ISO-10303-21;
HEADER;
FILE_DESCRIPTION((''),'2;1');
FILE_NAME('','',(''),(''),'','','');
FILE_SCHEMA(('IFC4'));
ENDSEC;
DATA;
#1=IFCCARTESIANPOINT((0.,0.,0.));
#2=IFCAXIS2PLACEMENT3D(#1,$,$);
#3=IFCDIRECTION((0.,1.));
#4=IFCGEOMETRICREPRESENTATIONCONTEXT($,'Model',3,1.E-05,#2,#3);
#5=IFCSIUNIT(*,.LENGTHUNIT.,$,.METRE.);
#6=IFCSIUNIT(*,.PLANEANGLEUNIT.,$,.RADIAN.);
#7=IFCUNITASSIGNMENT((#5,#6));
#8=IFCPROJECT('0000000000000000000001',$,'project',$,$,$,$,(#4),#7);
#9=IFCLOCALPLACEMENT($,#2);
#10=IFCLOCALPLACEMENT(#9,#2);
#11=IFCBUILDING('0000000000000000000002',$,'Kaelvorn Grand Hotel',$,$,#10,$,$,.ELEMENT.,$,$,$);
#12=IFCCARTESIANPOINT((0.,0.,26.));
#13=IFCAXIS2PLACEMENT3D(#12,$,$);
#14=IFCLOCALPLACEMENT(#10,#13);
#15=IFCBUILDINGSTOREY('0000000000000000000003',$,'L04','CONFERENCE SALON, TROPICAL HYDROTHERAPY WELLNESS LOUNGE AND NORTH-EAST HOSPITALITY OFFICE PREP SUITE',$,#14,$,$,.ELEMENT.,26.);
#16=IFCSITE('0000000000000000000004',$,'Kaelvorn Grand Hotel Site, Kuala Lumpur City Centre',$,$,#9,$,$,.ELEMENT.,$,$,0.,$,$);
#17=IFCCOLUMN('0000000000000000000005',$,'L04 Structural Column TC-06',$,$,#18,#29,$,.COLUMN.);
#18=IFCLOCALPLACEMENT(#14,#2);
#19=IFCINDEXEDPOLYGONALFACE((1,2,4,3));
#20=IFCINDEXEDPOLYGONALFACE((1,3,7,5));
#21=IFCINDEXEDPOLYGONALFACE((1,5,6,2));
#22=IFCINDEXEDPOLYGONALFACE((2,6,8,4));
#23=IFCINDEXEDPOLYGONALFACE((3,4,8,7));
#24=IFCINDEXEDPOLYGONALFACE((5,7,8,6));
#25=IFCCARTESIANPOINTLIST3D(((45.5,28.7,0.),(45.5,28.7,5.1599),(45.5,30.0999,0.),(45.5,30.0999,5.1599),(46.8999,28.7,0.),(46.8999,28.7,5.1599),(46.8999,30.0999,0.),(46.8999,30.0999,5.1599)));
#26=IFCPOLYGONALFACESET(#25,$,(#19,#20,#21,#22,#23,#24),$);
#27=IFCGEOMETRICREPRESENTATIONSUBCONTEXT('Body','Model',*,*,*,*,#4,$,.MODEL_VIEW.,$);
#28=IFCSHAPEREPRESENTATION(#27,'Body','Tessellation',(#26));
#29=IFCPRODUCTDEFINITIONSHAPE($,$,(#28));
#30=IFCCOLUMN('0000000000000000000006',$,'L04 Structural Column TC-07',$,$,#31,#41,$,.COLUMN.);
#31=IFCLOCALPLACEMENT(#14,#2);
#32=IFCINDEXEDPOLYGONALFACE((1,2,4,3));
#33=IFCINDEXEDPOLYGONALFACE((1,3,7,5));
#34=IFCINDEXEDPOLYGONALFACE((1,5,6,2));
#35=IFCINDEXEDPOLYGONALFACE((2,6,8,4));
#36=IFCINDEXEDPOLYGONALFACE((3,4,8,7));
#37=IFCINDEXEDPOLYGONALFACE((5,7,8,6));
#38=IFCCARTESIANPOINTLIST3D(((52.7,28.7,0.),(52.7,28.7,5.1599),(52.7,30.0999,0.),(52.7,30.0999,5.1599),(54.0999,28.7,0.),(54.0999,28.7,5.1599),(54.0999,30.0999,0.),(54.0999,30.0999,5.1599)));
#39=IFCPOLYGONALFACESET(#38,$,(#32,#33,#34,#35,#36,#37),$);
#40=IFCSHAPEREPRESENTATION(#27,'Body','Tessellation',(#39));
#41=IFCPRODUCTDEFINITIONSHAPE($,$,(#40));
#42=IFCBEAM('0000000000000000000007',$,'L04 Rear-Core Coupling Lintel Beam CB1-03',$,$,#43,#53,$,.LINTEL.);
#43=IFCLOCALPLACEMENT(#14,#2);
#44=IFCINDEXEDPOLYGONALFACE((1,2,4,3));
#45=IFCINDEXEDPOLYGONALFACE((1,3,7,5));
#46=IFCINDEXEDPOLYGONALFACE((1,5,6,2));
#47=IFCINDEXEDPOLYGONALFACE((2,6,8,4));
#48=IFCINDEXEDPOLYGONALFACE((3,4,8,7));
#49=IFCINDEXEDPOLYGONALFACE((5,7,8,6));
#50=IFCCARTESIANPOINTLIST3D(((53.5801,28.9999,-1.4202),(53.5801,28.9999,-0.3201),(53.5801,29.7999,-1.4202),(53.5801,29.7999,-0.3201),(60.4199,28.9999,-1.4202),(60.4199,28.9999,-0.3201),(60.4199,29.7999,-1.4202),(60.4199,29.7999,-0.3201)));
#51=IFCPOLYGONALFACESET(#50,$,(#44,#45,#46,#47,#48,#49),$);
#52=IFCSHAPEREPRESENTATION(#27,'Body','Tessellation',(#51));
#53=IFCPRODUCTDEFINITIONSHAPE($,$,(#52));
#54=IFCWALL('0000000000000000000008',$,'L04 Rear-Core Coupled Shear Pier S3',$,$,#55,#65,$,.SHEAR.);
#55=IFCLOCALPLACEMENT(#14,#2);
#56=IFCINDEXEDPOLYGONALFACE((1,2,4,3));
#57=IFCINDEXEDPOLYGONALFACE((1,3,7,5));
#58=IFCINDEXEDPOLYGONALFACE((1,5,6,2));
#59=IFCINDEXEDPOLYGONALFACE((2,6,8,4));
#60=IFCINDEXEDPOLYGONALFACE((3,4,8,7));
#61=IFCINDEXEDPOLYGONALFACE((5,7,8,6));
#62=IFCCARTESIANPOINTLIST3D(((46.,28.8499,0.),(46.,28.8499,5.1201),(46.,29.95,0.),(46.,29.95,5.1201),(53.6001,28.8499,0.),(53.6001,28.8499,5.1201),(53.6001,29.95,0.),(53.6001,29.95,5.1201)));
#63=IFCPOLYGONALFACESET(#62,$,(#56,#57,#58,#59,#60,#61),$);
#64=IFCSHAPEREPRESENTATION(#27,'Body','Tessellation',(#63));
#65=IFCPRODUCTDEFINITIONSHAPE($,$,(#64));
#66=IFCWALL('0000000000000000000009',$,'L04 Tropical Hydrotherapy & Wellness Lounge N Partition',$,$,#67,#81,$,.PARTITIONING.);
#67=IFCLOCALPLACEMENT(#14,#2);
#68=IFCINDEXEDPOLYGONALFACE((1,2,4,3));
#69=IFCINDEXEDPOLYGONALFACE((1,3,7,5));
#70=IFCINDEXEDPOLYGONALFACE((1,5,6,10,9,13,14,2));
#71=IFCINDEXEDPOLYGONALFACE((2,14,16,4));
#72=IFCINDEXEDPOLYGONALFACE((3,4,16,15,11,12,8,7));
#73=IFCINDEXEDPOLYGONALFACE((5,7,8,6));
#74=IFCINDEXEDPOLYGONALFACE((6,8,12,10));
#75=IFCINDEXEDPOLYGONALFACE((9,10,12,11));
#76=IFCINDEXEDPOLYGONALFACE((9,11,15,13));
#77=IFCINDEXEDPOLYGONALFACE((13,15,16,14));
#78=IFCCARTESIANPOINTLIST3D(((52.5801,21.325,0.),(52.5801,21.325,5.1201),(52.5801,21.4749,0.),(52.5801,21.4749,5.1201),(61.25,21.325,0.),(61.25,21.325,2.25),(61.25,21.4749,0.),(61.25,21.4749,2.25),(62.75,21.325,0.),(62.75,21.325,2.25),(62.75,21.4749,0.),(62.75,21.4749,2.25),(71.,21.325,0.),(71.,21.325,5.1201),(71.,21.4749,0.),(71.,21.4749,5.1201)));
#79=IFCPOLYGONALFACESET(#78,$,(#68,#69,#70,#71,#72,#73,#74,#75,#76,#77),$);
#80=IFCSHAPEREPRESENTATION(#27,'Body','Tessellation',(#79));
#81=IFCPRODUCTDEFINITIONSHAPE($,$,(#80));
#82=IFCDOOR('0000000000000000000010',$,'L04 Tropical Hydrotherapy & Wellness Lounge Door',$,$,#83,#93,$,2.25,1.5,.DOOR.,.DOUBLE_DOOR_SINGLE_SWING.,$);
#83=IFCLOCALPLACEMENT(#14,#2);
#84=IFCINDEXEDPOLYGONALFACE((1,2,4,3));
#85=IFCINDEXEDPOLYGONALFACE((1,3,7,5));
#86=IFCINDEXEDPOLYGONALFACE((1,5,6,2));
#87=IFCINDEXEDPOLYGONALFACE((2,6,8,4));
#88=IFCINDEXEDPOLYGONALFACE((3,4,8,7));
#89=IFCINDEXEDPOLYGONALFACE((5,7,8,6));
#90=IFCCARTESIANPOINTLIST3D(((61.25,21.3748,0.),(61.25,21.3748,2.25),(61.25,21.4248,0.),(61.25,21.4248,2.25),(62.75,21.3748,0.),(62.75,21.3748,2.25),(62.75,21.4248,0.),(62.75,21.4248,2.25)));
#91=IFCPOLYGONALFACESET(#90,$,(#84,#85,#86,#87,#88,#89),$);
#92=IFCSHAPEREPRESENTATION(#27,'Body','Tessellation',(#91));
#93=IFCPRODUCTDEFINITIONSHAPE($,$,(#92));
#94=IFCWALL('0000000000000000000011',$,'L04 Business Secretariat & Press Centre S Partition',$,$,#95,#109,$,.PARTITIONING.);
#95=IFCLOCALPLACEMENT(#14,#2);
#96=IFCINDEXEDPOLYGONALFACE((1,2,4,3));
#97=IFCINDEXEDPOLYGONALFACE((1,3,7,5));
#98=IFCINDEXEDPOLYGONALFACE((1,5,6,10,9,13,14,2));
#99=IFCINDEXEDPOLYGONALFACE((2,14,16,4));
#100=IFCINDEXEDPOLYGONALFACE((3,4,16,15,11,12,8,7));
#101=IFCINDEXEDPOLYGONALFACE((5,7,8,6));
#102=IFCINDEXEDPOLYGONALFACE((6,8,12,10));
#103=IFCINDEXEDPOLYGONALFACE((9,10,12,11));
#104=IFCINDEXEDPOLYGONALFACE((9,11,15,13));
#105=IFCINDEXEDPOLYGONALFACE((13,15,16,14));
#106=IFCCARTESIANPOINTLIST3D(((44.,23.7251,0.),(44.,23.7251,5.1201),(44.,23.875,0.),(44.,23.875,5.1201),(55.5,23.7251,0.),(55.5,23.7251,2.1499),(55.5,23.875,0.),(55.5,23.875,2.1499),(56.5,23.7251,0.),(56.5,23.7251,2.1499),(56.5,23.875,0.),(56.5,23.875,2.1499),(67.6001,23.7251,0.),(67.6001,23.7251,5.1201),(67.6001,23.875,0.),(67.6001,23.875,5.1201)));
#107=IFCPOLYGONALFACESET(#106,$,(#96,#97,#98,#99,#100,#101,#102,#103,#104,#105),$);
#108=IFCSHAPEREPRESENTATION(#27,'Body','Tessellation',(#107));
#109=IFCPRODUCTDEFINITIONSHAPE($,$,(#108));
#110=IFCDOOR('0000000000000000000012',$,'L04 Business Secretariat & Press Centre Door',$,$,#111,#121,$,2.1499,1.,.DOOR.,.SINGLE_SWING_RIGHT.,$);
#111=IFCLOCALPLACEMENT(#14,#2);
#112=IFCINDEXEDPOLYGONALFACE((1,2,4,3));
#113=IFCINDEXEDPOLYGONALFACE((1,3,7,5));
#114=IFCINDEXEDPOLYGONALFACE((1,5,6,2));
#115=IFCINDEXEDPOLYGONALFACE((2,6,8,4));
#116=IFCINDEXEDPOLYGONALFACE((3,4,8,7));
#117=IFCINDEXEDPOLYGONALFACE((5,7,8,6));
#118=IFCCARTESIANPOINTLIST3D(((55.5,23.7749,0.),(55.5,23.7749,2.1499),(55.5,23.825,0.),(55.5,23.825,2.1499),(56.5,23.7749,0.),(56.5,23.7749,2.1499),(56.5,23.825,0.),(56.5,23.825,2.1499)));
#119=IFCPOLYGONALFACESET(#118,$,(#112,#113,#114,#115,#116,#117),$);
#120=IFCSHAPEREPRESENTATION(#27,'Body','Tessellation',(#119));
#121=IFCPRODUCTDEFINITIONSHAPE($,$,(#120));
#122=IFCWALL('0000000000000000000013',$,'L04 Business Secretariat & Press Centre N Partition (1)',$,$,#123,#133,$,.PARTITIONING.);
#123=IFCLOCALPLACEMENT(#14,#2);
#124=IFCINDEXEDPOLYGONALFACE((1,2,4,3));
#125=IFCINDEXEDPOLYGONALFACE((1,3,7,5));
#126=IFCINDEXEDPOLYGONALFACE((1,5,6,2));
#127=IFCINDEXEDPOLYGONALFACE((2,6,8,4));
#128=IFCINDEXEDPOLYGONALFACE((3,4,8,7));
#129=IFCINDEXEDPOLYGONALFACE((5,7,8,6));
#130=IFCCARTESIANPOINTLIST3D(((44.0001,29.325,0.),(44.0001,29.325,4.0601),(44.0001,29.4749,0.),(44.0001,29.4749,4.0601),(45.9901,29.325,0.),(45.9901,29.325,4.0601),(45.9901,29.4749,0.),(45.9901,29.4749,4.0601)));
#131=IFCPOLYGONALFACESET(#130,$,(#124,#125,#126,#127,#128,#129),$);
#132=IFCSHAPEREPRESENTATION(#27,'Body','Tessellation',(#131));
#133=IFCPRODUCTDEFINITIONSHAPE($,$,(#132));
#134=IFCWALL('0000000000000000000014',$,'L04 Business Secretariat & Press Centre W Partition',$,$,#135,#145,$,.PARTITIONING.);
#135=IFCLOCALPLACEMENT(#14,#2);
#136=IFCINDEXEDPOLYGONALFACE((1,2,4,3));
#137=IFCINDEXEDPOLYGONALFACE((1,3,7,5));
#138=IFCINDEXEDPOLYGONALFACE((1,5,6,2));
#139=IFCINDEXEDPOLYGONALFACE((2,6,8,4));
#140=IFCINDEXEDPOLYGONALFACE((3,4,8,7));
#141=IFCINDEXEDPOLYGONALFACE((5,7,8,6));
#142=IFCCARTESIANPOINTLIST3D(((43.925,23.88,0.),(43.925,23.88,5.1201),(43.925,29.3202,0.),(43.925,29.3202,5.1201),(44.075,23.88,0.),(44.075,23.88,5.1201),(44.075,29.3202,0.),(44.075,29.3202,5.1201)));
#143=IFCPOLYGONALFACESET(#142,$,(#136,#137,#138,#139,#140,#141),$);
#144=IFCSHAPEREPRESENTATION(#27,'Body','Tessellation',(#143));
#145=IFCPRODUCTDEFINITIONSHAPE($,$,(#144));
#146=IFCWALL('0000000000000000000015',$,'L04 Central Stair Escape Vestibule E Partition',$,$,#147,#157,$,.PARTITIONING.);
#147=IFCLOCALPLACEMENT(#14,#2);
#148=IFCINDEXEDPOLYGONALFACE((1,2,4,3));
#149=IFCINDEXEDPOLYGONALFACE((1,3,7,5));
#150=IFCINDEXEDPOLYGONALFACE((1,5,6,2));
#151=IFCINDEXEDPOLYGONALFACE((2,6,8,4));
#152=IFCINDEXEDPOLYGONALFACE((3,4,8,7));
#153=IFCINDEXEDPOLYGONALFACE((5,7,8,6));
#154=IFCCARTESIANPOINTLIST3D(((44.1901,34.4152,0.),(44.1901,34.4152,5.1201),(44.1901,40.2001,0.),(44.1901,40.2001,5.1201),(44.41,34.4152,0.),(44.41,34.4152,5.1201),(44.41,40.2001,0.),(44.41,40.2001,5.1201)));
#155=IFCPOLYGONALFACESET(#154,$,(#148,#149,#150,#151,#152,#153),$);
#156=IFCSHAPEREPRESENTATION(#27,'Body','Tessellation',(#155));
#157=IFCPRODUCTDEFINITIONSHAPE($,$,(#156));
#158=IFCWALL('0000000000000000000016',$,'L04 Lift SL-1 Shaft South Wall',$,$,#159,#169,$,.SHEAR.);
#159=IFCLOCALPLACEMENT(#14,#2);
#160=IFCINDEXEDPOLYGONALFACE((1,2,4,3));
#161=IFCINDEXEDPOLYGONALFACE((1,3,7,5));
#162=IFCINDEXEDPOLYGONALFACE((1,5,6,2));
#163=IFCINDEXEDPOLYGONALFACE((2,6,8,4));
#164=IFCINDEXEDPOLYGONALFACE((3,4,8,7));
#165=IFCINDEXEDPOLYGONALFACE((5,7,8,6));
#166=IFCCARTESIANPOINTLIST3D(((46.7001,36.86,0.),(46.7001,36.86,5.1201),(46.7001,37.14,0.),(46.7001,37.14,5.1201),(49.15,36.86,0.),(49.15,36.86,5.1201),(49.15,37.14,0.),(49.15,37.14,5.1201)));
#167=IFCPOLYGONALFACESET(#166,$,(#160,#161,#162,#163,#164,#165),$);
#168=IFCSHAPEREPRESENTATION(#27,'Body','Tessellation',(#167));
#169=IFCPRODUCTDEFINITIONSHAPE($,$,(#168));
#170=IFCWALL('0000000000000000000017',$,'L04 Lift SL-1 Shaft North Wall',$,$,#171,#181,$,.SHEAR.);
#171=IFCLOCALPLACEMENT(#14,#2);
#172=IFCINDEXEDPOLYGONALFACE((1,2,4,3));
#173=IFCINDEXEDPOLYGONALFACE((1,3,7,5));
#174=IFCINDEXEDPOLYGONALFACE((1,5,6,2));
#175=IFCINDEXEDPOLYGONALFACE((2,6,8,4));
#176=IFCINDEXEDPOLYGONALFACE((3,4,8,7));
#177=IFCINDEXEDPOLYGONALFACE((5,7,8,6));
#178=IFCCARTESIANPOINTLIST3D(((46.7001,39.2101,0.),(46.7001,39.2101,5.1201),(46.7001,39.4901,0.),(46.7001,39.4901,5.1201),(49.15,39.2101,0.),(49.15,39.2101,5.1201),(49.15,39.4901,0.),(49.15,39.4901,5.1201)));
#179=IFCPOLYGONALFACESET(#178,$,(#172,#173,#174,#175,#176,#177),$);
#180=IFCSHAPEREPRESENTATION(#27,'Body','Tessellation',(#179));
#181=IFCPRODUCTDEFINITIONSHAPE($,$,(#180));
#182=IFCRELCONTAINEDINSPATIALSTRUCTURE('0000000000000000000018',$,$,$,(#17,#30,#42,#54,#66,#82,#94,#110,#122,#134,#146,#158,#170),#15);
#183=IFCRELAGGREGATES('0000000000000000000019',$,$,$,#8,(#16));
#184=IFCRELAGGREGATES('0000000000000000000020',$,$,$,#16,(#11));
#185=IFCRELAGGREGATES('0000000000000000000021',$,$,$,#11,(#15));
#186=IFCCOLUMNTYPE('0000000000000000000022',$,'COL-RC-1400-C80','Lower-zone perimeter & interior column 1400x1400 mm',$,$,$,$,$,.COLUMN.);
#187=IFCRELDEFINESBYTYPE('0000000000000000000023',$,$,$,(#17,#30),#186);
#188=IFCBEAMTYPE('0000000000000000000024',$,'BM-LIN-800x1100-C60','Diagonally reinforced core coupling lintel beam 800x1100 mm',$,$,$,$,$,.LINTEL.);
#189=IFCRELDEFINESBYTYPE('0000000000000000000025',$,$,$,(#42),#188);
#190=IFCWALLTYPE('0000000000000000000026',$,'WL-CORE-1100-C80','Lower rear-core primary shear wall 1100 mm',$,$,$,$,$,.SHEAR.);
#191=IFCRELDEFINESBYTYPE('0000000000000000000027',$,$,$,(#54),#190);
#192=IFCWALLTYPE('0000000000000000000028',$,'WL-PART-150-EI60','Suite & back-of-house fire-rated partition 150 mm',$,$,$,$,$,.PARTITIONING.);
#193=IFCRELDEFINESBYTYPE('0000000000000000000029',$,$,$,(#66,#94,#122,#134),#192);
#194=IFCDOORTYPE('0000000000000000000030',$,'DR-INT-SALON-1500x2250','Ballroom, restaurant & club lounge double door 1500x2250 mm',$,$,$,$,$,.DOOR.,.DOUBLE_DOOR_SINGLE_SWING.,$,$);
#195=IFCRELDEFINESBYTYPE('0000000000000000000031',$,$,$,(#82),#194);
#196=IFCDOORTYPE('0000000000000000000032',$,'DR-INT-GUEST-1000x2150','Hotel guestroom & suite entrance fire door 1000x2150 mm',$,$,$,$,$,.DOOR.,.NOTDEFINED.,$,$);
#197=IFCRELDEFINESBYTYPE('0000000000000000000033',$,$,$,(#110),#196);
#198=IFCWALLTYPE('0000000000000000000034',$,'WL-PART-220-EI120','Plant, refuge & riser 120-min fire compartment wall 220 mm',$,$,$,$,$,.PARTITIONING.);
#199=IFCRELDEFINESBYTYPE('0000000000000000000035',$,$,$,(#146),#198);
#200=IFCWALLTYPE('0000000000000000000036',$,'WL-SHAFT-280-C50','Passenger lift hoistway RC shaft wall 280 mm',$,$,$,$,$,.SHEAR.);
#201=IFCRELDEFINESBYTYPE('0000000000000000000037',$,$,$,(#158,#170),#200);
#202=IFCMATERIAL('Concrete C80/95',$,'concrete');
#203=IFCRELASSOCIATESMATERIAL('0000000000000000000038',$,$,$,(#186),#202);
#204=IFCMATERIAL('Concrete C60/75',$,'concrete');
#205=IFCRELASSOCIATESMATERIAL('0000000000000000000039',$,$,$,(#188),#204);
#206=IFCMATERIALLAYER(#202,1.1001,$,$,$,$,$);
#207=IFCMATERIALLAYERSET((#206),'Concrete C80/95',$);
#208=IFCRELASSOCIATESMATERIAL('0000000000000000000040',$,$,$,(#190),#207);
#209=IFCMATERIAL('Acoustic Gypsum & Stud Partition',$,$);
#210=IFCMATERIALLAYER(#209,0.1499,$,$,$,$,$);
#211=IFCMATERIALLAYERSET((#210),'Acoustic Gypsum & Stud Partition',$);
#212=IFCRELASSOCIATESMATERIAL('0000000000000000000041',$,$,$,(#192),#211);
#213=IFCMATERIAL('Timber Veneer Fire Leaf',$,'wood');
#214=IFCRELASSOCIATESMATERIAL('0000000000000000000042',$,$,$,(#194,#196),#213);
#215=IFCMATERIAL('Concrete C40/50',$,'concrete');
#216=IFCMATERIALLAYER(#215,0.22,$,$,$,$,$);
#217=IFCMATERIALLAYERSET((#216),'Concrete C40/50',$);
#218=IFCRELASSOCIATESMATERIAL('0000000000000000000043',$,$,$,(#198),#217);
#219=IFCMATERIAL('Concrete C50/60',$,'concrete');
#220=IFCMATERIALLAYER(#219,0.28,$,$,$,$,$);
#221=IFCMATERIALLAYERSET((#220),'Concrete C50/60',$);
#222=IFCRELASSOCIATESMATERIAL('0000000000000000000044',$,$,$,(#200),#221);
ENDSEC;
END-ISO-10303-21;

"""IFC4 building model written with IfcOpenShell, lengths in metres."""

from ifc_helpers import new_model, si_unit, direction, frame, frame_2d, origin, origin_2d, place, context, subcontext, project, spatial, rectangle, extrude, material, layer, layer_set, material_profile, profile_set, type_object, element, fill, save


model = new_model("IFC4")

# Units and contexts
model_context = context("Model", 3, precision=1e-05, world=origin(), true_north=direction((0.0, 1.0)))
body_context = subcontext(model_context, "Body", "Model", "MODEL_VIEW")
ifc_project = project(units=[si_unit("LENGTHUNIT", "METRE"), si_unit("PLANEANGLEUNIT", "RADIAN")], contexts=[model_context])

# Site, building, storey
site_placement = place(None, origin())
site = spatial("IfcSite", under=ifc_project, at=site_placement, Name="Kaelvorn Grand Hotel Site, Kuala Lumpur City Centre", CompositionType="ELEMENT", RefElevation=0.0)
building_placement = place(site_placement, origin())
building = spatial("IfcBuilding", under=site, at=building_placement, Name="Kaelvorn Grand Hotel", CompositionType="ELEMENT")
storey_placement = place(building_placement, frame((0.0, 0.0, 26.0)))
storey = spatial("IfcBuildingStorey", under=building, at=storey_placement, Name="L04", Description="CONFERENCE SALON, TROPICAL HYDROTHERAPY WELLNESS LOUNGE AND NORTH-EAST HOSPITALITY OFFICE PREP SUITE", CompositionType="ELEMENT", Elevation=26.0)

# Columns
ifc_material_1 = material(Name="Concrete C80/95", Category="concrete")
ifc_material_profile_1 = material_profile(ifc_material_1, rectangle(XDim=1.3999, YDim=1.3999, at=origin_2d()), Name="RC COL 1400x1400")
ifc_profile_set_1 = profile_set([ifc_material_profile_1], Name="Concrete C80/95")
column_type = type_object("IfcColumnType", Name="COL-RC-1400-C80", Description="Lower-zone perimeter & interior column 1400x1400 mm", PredefinedType="COLUMN", material=ifc_profile_set_1)
for number, where, z_axis, x_axis, name in (
    (1, (46.2, 29.3999, 0.0), (0.0, 0.0, 1.0), (1.0, 0.0, 0.0), "L04 Structural Column TC-06"),
    (2, (53.3999, 29.3999, 0.0), (0.0, 0.0, 1.0), (1.0, 0.0, 0.0), "L04 Structural Column TC-07"),
):
    element("IfcColumn", number, at=place(storey_placement, frame(where, z_axis=z_axis, x_axis=x_axis)), inside=storey, type_object=column_type, Name=name, PredefinedType="COLUMN", context=body_context, shape_type="SweptSolid", body=[
        extrude(rectangle(XDim=1.3999, YDim=1.3999, at=origin_2d()), origin(), (0.0, 0.0, 1.0), 5.1599),
    ])

# Beam
ifc_material_2 = material(Name="Concrete C60/75", Category="concrete")
ifc_material_profile_2 = material_profile(ifc_material_2, rectangle(XDim=0.8, YDim=1.1001, at=origin_2d()), Name="RC LINTEL 800x1100")
ifc_profile_set_2 = profile_set([ifc_material_profile_2], Name="Concrete C60/75")
beam_type = type_object("IfcBeamType", Name="BM-LIN-800x1100-C60", Description="Diagonally reinforced core coupling lintel beam 800x1100 mm", PredefinedType="LINTEL", material=ifc_profile_set_2)
beam_placement = place(storey_placement, frame((53.5801, 29.3999, -0.8701), z_axis=(1.0, 0.0, 0.0), x_axis=(0.0, 1.0, 0.0)))
element("IfcBeam", 3, at=beam_placement, inside=storey, type_object=beam_type, Name="L04 Rear-Core Coupling Lintel Beam CB1-03", PredefinedType="LINTEL", context=body_context, shape_type="SweptSolid", body=[
    extrude(rectangle(XDim=0.8, YDim=1.1001, at=origin_2d()), origin(), (0.0, 0.0, 1.0), 6.8398),
])

# Wall
ifc_layer_1 = layer(ifc_material_1, 1.1001)
ifc_layer_set_1 = layer_set([ifc_layer_1], Name="Concrete C80/95")
wall_type_1 = type_object("IfcWallType", Name="WL-CORE-1100-C80", Description="Lower rear-core primary shear wall 1100 mm", PredefinedType="SHEAR", material=ifc_layer_set_1)
wall_1_placement = place(storey_placement, frame((46.0, 29.3999, 0.0), z_axis=(0.0, 0.0, 1.0), x_axis=(1.0, 0.0, 0.0)))
element("IfcWall", 4, at=wall_1_placement, inside=storey, type_object=wall_type_1, Name="L04 Rear-Core Coupled Shear Pier S3", PredefinedType="SHEAR", context=body_context, shape_type="SweptSolid", body=[
    extrude(rectangle(XDim=7.6001, YDim=1.1001, at=frame_2d((3.8, 0.0))), origin(), (0.0, 0.0, 1.0), 5.1201),
])

# Walls, openings, doors
ifc_material_3 = material(Name="Acoustic Gypsum & Stud Partition")
ifc_layer_2 = layer(ifc_material_3, 0.1499)
ifc_layer_set_2 = layer_set([ifc_layer_2], Name="Acoustic Gypsum & Stud Partition")
wall_type_2 = type_object("IfcWallType", Name="WL-PART-150-EI60", Description="Suite & back-of-house fire-rated partition 150 mm", PredefinedType="PARTITIONING", material=ifc_layer_set_2)
wall_2_placement = place(storey_placement, frame((52.5801, 21.3999, 0.0), z_axis=(0.0, 0.0, 1.0), x_axis=(1.0, 0.0, 0.0)))
wall_2 = element("IfcWall", 5, at=wall_2_placement, inside=storey, type_object=wall_type_2, Name="L04 Tropical Hydrotherapy & Wellness Lounge N Partition", PredefinedType="PARTITIONING", context=body_context, shape_type="SweptSolid", body=[
    extrude(rectangle(XDim=18.4199, YDim=0.1499, at=frame_2d((9.21, 0.0))), origin(), (0.0, 0.0, 1.0), 5.1201),
])
opening_1_placement = place(wall_2_placement, frame((8.6699, 0.0, 0.0)))
opening_1 = element("IfcOpeningElement", 6, at=opening_1_placement, cuts=wall_2, PredefinedType="OPENING", context=body_context, shape_type="SweptSolid", body=[
    extrude(rectangle(XDim=1.5, YDim=2.25, at=frame_2d((0.75, 1.125))), frame((0.0, 0.085, 0.0), z_axis=(0.0, -1.0, 0.0), x_axis=(1.0, 0.0, 0.0)), (0.0, 0.0, 1.0), 0.1699),
])
ifc_material_4 = material(Name="Timber Veneer Fire Leaf", Category="wood")
door_type_1 = type_object("IfcDoorType", Name="DR-INT-SALON-1500x2250", Description="Ballroom, restaurant & club lounge double door 1500x2250 mm", OperationType="DOUBLE_DOOR_SINGLE_SWING", PredefinedType="DOOR", material=ifc_material_4)
door_1_placement = place(opening_1_placement, origin())
door_1 = element("IfcDoor", 7, at=door_1_placement, inside=storey, type_object=door_type_1, Name="L04 Tropical Hydrotherapy & Wellness Lounge Door", OperationType="DOUBLE_DOOR_SINGLE_SWING", OverallHeight=2.25, OverallWidth=1.5, PredefinedType="DOOR", context=body_context, shape_type="SweptSolid", body=[
    extrude(rectangle(XDim=1.5, YDim=2.25, at=frame_2d((0.75, 1.125))), frame((0.0, 0.0249, 0.0), z_axis=(0.0, -1.0, 0.0), x_axis=(1.0, 0.0, 0.0)), (0.0, 0.0, 1.0), 0.05),
])
fill(opening_1, door_1)
wall_3_placement = place(storey_placement, frame((44.0, 23.8, 0.0), z_axis=(0.0, 0.0, 1.0), x_axis=(1.0, 0.0, 0.0)))
wall_3 = element("IfcWall", 8, at=wall_3_placement, inside=storey, type_object=wall_type_2, Name="L04 Business Secretariat & Press Centre S Partition", PredefinedType="PARTITIONING", context=body_context, shape_type="SweptSolid", body=[
    extrude(rectangle(XDim=23.6001, YDim=0.1499, at=frame_2d((11.8, 0.0))), origin(), (0.0, 0.0, 1.0), 5.1201),
])
opening_2_placement = place(wall_3_placement, frame((11.5, 0.0, 0.0)))
opening_2 = element("IfcOpeningElement", 9, at=opening_2_placement, cuts=wall_3, PredefinedType="OPENING", context=body_context, shape_type="SweptSolid", body=[
    extrude(rectangle(XDim=1.0, YDim=2.1499, at=frame_2d((0.5, 1.075))), frame((0.0, 0.085, 0.0), z_axis=(0.0, -1.0, 0.0), x_axis=(1.0, 0.0, 0.0)), (0.0, 0.0, 1.0), 0.1699),
])
door_type_2 = type_object("IfcDoorType", Name="DR-INT-GUEST-1000x2150", Description="Hotel guestroom & suite entrance fire door 1000x2150 mm", OperationType="NOTDEFINED", PredefinedType="DOOR", material=ifc_material_4)
door_2_placement = place(opening_2_placement, origin())
door_2 = element("IfcDoor", 10, at=door_2_placement, inside=storey, type_object=door_type_2, Name="L04 Business Secretariat & Press Centre Door", OperationType="SINGLE_SWING_RIGHT", OverallHeight=2.1499, OverallWidth=1.0, PredefinedType="DOOR", context=body_context, shape_type="SweptSolid", body=[
    extrude(rectangle(XDim=1.0, YDim=2.1499, at=frame_2d((0.5, 1.075))), frame((0.0, 0.0249, 0.0), z_axis=(0.0, -1.0, 0.0), x_axis=(1.0, 0.0, 0.0)), (0.0, 0.0, 1.0), 0.05),
])
fill(opening_2, door_2)

# Walls
wall_4_placement = place(storey_placement, frame((44.0, 29.3999, 0.0), z_axis=(0.0, 0.0, 1.0), x_axis=(1.0, 0.0, 0.0)))
element("IfcWall", 11, at=wall_4_placement, inside=storey, type_object=wall_type_2, Name="L04 Business Secretariat & Press Centre N Partition (1)", PredefinedType="PARTITIONING", context=body_context, shape_type="SweptSolid", body=[
    extrude(rectangle(XDim=1.99, YDim=0.1499, at=frame_2d((0.9951, 0.0))), origin(), (0.0, 0.0, 1.0), 4.0601),
])
wall_5_placement = place(storey_placement, frame((44.0, 23.8799, 0.0), z_axis=(0.0, 0.0, 1.0), x_axis=(0.0, 1.0, 0.0)))
element("IfcWall", 12, at=wall_5_placement, inside=storey, type_object=wall_type_2, Name="L04 Business Secretariat & Press Centre W Partition", PredefinedType="PARTITIONING", context=body_context, shape_type="SweptSolid", body=[
    extrude(rectangle(XDim=5.4402, YDim=0.1499, at=frame_2d((2.7202, 0.0))), origin(), (0.0, 0.0, 1.0), 5.1201),
])
ifc_material_5 = material(Name="Concrete C40/50", Category="concrete")
ifc_layer_3 = layer(ifc_material_5, 0.22)
ifc_layer_set_3 = layer_set([ifc_layer_3], Name="Concrete C40/50")
wall_type_3 = type_object("IfcWallType", Name="WL-PART-220-EI120", Description="Plant, refuge & riser 120-min fire compartment wall 220 mm", PredefinedType="PARTITIONING", material=ifc_layer_set_3)
wall_6_placement = place(storey_placement, frame((44.3, 34.415, 0.0), z_axis=(0.0, 0.0, 1.0), x_axis=(0.0, 1.0, 0.0)))
element("IfcWall", 13, at=wall_6_placement, inside=storey, type_object=wall_type_3, Name="L04 Central Stair Escape Vestibule E Partition", PredefinedType="PARTITIONING", context=body_context, shape_type="SweptSolid", body=[
    extrude(rectangle(XDim=5.7849, YDim=0.22, at=frame_2d((2.8926, 0.0))), origin(), (0.0, 0.0, 1.0), 5.1201),
])
ifc_material_6 = material(Name="Concrete C50/60", Category="concrete")
ifc_layer_4 = layer(ifc_material_6, 0.28)
ifc_layer_set_4 = layer_set([ifc_layer_4], Name="Concrete C50/60")
wall_type_4 = type_object("IfcWallType", Name="WL-SHAFT-280-C50", Description="Passenger lift hoistway RC shaft wall 280 mm", PredefinedType="SHEAR", material=ifc_layer_set_4)
for number, where, z_axis, x_axis, name in (
    (14, (46.7, 37.0, 0.0), (0.0, 0.0, 1.0), (1.0, 0.0, 0.0), "L04 Lift SL-1 Shaft South Wall"),
    (15, (46.7, 39.3501, 0.0), (0.0, 0.0, 1.0), (1.0, 0.0, 0.0), "L04 Lift SL-1 Shaft North Wall"),
):
    element("IfcWall", number, at=place(storey_placement, frame(where, z_axis=z_axis, x_axis=x_axis)), inside=storey, type_object=wall_type_4, Name=name, PredefinedType="SHEAR", context=body_context, shape_type="SweptSolid", body=[
        extrude(rectangle(XDim=2.45, YDim=0.28, at=frame_2d((1.2251, 0.0))), origin(), (0.0, 0.0, 1.0), 5.1201),
    ])

save(model, "model.ifc")
